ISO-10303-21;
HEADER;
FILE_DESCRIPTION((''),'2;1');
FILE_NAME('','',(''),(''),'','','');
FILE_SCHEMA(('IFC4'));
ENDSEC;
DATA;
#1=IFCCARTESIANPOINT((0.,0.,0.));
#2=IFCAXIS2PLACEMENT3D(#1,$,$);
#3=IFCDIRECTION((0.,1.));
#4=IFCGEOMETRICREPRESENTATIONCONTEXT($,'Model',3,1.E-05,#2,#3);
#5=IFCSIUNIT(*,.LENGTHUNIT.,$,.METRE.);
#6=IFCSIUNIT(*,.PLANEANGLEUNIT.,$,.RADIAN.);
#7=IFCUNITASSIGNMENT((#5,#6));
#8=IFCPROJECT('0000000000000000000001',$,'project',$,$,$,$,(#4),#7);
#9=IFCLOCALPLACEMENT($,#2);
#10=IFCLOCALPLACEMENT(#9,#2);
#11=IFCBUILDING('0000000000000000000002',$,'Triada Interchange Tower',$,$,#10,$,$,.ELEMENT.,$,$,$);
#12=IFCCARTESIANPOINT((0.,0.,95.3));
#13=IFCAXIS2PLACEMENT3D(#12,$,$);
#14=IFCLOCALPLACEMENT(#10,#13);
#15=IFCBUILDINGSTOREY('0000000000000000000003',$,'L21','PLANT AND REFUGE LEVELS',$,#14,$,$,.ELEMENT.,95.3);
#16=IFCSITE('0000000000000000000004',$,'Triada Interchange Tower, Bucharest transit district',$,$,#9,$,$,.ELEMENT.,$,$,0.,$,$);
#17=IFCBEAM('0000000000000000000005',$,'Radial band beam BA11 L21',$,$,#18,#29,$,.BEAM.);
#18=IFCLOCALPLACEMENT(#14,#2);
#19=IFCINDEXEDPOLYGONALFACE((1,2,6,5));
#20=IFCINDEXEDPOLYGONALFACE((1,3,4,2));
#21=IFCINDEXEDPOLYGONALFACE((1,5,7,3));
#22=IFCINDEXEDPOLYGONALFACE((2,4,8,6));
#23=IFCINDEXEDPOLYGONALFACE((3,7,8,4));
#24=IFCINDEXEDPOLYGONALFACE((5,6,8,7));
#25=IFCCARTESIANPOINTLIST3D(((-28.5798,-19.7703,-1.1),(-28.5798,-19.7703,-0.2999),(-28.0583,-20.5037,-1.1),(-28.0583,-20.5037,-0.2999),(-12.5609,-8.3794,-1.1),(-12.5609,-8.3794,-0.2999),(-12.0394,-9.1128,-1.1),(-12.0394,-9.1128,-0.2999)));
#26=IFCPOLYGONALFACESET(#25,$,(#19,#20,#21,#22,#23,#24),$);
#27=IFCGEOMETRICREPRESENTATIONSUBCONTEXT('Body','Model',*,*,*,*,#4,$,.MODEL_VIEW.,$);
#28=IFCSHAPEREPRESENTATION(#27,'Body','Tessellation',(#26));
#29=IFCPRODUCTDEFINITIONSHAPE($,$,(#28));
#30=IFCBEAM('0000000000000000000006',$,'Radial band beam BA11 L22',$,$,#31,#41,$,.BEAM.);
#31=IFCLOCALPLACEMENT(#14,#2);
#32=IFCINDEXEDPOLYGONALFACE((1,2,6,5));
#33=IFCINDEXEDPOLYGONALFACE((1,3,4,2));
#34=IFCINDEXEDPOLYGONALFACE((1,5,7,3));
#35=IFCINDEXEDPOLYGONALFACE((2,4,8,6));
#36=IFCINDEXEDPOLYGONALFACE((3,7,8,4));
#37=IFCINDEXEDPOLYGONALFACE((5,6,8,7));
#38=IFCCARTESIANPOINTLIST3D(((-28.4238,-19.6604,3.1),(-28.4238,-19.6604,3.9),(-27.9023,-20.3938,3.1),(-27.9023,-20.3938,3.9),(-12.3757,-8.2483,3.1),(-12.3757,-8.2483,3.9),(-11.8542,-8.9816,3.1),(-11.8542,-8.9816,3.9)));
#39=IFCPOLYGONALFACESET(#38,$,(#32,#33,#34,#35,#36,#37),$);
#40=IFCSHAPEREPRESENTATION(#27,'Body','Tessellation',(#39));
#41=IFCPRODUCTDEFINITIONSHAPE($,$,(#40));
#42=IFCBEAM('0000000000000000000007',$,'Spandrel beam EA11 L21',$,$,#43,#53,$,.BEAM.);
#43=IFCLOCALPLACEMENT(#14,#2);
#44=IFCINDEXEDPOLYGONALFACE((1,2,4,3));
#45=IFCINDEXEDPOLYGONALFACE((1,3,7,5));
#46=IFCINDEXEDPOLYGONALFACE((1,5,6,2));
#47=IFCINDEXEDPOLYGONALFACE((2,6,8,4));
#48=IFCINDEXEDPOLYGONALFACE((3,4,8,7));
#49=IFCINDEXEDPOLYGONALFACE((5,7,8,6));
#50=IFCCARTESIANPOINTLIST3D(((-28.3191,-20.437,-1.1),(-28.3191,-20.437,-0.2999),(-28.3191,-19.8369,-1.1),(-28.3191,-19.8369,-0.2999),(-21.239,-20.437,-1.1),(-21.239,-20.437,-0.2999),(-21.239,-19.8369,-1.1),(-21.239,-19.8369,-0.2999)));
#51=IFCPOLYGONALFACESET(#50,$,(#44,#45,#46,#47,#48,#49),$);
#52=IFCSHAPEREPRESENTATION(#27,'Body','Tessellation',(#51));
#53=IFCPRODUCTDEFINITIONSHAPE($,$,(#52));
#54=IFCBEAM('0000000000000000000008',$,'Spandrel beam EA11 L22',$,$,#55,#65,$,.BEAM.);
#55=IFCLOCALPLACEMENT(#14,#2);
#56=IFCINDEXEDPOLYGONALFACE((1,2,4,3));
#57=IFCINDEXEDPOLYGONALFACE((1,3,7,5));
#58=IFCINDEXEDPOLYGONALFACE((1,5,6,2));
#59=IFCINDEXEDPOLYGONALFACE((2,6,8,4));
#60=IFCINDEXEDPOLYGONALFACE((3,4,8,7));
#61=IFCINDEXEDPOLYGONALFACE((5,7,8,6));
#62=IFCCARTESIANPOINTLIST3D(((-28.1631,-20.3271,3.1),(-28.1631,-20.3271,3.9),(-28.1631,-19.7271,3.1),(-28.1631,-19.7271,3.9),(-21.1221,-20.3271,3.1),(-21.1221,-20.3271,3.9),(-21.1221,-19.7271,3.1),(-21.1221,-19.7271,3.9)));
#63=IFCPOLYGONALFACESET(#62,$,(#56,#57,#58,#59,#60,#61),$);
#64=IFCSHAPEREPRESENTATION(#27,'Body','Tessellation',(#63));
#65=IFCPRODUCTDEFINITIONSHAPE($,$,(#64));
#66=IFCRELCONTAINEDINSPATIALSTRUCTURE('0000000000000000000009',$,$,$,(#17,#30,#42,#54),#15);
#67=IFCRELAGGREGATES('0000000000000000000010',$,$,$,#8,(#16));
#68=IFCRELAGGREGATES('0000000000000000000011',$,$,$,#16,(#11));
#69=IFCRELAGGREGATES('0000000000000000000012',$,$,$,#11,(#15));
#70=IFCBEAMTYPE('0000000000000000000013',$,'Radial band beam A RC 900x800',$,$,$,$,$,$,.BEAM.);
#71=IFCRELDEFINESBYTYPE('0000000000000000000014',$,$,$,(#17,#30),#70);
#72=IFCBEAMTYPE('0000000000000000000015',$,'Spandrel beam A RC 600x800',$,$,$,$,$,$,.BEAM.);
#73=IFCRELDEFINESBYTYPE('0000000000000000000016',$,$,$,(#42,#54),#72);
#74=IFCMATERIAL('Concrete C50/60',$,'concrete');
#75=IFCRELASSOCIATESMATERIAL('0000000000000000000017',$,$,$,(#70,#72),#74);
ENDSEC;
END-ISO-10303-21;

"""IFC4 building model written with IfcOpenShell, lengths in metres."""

from ifc_helpers import new_model, si_unit, direction, frame, origin, origin_2d, place, context, subcontext, project, spatial, rectangle, extrude, material, material_profile, profile_set, type_object, element, save


model = new_model("IFC4")

# Units and contexts
model_context = context("Model", 3, precision=1e-05, world=origin(), true_north=direction((0.0, 1.0)))
body_context = subcontext(model_context, "Body", "Model", "MODEL_VIEW")
ifc_project = project(units=[si_unit("LENGTHUNIT", "METRE"), si_unit("PLANEANGLEUNIT", "RADIAN")], contexts=[model_context])

# Site, building, storey
site_placement = place(None, origin())
site = spatial("IfcSite", under=ifc_project, at=site_placement, Name="Triada Interchange Tower, Bucharest transit district", CompositionType="ELEMENT", RefElevation=0.0)
building_placement = place(site_placement, origin())
building = spatial("IfcBuilding", under=site, at=building_placement, Name="Triada Interchange Tower", CompositionType="ELEMENT")
storey_placement = place(building_placement, frame((0.0, 0.0, 95.3)))
storey = spatial("IfcBuildingStorey", under=building, at=storey_placement, Name="L21", Description="PLANT AND REFUGE LEVELS", CompositionType="ELEMENT", Elevation=95.3)

# Beams
ifc_material_1 = material(Name="Concrete C50/60", Category="concrete")
ifc_material_profile_1 = material_profile(ifc_material_1, rectangle(XDim=0.8999, YDim=0.8, at=origin_2d()), Name="RC 900x800")
ifc_profile_set_1 = profile_set([ifc_material_profile_1], Name="Concrete C50/60")
beam_type_1 = type_object("IfcBeamType", Name="Radial band beam A RC 900x800", PredefinedType="BEAM", material=ifc_profile_set_1)
beam_1_placement = place(storey_placement, frame((-28.3191, -20.137, -0.7), z_axis=(0.814966, 0.579509, 0.0), x_axis=(-0.579509, 0.814966, 0.0)))
element("IfcBeam", 1, at=beam_1_placement, inside=storey, type_object=beam_type_1, Name="Radial band beam BA11 L21", PredefinedType="BEAM", context=body_context, shape_type="SweptSolid", body=[
    extrude(rectangle(XDim=0.8999, YDim=0.8, at=origin_2d()), origin(), (0.0, 0.0, 1.0), 19.656),
])
beam_2_placement = place(storey_placement, frame((-28.1631, -20.0271, 3.5), z_axis=(0.814952, 0.579528, 0.0), x_axis=(-0.579528, 0.814952, 0.0)))
element("IfcBeam", 2, at=beam_2_placement, inside=storey, type_object=beam_type_1, Name="Radial band beam BA11 L22", PredefinedType="BEAM", context=body_context, shape_type="SweptSolid", body=[
    extrude(rectangle(XDim=0.8999, YDim=0.8, at=origin_2d()), origin(), (0.0, 0.0, 1.0), 19.6921),
])
ifc_material_profile_2 = material_profile(ifc_material_1, rectangle(XDim=0.6001, YDim=0.8, at=origin_2d()), Name="RC 600x800")
ifc_profile_set_2 = profile_set([ifc_material_profile_2], Name="Concrete C50/60")
beam_type_2 = type_object("IfcBeamType", Name="Spandrel beam A RC 600x800", PredefinedType="BEAM", material=ifc_profile_set_2)
beam_3_placement = place(storey_placement, frame((-28.3191, -20.137, -0.7), z_axis=(1.0, 0.0, 0.0), x_axis=(0.0, 1.0, 0.0)))
element("IfcBeam", 3, at=beam_3_placement, inside=storey, type_object=beam_type_2, Name="Spandrel beam EA11 L21", PredefinedType="BEAM", context=body_context, shape_type="SweptSolid", body=[
    extrude(rectangle(XDim=0.6001, YDim=0.8, at=origin_2d()), origin(), (0.0, 0.0, 1.0), 7.0801),
])
beam_4_placement = place(storey_placement, frame((-28.1631, -20.0271, 3.5), z_axis=(1.0, 0.0, 0.0), x_axis=(0.0, 1.0, 0.0)))
element("IfcBeam", 4, at=beam_4_placement, inside=storey, type_object=beam_type_2, Name="Spandrel beam EA11 L22", PredefinedType="BEAM", context=body_context, shape_type="SweptSolid", body=[
    extrude(rectangle(XDim=0.6001, YDim=0.8, at=origin_2d()), origin(), (0.0, 0.0, 1.0), 7.041),
])

save(model, "model.ifc")
